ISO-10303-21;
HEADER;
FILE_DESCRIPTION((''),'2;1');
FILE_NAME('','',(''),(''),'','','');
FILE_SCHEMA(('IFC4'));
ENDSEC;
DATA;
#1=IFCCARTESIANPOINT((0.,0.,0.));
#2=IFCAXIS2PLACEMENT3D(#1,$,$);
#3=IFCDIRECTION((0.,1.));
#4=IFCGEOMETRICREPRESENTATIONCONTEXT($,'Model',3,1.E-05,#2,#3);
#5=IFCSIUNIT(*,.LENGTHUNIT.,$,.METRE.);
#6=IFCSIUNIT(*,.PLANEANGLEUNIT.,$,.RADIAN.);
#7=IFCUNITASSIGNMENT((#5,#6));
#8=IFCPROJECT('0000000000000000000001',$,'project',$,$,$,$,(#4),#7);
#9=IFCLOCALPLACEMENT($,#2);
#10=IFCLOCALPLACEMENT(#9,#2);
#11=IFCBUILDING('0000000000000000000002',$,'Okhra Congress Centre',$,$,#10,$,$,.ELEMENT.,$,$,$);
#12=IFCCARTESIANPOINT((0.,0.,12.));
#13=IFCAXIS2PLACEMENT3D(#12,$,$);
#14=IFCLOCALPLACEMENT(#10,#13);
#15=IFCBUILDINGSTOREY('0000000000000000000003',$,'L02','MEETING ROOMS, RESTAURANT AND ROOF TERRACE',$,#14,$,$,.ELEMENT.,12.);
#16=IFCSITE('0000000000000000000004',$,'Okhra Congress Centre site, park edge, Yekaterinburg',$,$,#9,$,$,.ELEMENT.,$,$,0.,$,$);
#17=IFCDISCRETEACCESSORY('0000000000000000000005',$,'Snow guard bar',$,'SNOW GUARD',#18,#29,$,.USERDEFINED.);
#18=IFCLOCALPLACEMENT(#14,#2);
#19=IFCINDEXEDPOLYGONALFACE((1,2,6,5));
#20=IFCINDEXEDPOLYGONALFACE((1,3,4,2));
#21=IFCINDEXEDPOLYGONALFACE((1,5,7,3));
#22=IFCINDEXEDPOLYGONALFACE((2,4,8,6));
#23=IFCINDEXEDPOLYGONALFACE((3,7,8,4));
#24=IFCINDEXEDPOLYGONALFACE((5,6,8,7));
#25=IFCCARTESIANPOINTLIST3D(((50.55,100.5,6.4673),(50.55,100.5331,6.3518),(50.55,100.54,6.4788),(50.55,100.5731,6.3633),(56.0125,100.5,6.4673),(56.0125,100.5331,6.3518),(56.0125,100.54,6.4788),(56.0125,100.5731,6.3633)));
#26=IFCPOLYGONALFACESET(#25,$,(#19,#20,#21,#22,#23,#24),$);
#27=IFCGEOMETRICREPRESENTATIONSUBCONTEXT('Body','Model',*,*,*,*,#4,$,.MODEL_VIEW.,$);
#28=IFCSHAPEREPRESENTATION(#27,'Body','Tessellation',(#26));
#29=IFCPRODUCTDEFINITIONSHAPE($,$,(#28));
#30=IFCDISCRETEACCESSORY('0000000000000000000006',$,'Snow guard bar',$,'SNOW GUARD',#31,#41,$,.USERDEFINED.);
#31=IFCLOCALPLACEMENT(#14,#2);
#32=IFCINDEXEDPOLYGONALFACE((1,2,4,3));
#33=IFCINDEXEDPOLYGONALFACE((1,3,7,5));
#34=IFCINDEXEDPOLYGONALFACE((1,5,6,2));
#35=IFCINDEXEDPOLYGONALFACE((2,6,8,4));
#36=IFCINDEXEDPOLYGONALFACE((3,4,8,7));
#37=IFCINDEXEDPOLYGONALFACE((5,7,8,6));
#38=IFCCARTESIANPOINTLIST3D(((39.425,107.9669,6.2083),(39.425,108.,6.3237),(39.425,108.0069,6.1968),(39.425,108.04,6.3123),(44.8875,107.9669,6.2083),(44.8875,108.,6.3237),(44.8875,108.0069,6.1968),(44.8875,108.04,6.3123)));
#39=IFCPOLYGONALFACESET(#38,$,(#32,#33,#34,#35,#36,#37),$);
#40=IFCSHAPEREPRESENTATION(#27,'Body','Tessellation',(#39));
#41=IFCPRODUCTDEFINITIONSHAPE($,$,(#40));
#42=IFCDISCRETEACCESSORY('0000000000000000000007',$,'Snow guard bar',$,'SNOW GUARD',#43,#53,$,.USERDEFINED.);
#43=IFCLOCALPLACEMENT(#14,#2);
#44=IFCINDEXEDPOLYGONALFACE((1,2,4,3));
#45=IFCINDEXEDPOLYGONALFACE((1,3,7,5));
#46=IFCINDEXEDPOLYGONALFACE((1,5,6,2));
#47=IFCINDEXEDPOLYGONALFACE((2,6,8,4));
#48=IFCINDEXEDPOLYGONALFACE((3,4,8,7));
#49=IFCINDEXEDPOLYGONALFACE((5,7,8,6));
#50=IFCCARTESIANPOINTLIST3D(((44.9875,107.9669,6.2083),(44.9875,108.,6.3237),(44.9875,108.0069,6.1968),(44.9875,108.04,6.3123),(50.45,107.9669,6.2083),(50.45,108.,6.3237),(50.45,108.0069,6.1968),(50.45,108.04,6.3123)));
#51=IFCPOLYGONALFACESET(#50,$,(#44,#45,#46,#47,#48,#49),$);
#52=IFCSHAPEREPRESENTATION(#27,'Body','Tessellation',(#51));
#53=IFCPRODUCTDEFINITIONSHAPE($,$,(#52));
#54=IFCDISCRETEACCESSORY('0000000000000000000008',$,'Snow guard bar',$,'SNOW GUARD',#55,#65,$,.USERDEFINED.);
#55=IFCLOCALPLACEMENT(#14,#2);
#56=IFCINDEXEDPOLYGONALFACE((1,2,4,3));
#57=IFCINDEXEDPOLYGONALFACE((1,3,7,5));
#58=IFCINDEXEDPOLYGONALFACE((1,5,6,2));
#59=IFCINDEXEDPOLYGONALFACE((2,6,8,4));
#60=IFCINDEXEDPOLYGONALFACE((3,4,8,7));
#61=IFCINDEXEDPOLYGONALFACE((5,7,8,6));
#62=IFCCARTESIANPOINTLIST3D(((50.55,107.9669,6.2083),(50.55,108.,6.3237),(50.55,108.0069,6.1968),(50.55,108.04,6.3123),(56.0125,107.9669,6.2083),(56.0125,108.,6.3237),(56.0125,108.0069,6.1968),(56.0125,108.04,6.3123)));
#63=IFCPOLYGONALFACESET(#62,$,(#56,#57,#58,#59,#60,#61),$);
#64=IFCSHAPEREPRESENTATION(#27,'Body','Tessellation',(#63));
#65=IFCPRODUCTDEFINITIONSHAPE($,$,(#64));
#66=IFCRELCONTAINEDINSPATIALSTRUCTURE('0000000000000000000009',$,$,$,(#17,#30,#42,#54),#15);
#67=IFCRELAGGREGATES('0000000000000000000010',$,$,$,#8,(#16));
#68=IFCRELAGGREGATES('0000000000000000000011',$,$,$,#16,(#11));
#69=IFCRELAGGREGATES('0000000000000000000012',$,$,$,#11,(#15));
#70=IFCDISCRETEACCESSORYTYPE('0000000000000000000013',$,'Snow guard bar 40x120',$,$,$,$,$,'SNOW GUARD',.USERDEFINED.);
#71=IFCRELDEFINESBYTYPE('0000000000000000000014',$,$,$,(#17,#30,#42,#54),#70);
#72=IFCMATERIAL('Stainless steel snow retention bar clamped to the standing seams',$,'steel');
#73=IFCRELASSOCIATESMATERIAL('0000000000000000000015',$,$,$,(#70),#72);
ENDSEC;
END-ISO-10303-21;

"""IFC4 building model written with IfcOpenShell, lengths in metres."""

from ifc_helpers import new_model, si_unit, direction, frame, origin, place, context, subcontext, project, spatial, polyline, outline, extrude, material, type_object, element, save


model = new_model("IFC4")

# Units and contexts
model_context = context("Model", 3, precision=1e-05, world=origin(), true_north=direction((0.0, 1.0)))
body_context = subcontext(model_context, "Body", "Model", "MODEL_VIEW")
ifc_project = project(units=[si_unit("LENGTHUNIT", "METRE"), si_unit("PLANEANGLEUNIT", "RADIAN")], contexts=[model_context])

# Site, building, storey
site_placement = place(None, origin())
site = spatial("IfcSite", under=ifc_project, at=site_placement, Name="Okhra Congress Centre site, park edge, Yekaterinburg", CompositionType="ELEMENT", RefElevation=0.0)
building_placement = place(site_placement, origin())
building = spatial("IfcBuilding", under=site, at=building_placement, Name="Okhra Congress Centre", CompositionType="ELEMENT")
storey_placement = place(building_placement, frame((0.0, 0.0, 12.0)))
storey = spatial("IfcBuildingStorey", under=building, at=storey_placement, Name="L02", Description="MEETING ROOMS, RESTAURANT AND ROOF TERRACE", CompositionType="ELEMENT", Elevation=12.0)

# Discrete accessories
ifc_material_1 = material(Name="Stainless steel snow retention bar clamped to the standing seams", Category="steel")
discrete_accessory_type = type_object("IfcDiscreteAccessoryType", Name="Snow guard bar 40x120", ElementType="SNOW GUARD", PredefinedType="USERDEFINED", material=ifc_material_1)
for number, where, z_axis, x_axis, name in (
    (1, (50.55, 100.5, 6.4673), (0.0, -0.275495, 0.961302), (1.0, 0.0, 0.0), "Snow guard bar"),
    (2, (39.425, 108.0, 6.3237), (0.0, 0.275495, 0.961302), (1.0, 0.0, 0.0), "Snow guard bar"),
    (3, (44.9875, 108.0, 6.3237), (0.0, 0.275495, 0.961302), (1.0, 0.0, 0.0), "Snow guard bar"),
    (4, (50.55, 108.0, 6.3237), (0.0, 0.275495, 0.961302), (1.0, 0.0, 0.0), "Snow guard bar"),
):
    element("IfcDiscreteAccessory", number, at=place(storey_placement, frame(where, z_axis=z_axis, x_axis=x_axis)), inside=storey, type_object=discrete_accessory_type, Name=name, ObjectType="SNOW GUARD", PredefinedType="USERDEFINED", context=body_context, shape_type="SweptSolid", body=[
        extrude(outline(polyline([(0.0, 0.0), (5.4624, 0.0), (5.4624, 0.0417), (0.0, 0.0417), (0.0, 0.0)])), origin(), (0.0, 0.0, -1.0), 0.1201),
    ])

save(model, "model.ifc")
